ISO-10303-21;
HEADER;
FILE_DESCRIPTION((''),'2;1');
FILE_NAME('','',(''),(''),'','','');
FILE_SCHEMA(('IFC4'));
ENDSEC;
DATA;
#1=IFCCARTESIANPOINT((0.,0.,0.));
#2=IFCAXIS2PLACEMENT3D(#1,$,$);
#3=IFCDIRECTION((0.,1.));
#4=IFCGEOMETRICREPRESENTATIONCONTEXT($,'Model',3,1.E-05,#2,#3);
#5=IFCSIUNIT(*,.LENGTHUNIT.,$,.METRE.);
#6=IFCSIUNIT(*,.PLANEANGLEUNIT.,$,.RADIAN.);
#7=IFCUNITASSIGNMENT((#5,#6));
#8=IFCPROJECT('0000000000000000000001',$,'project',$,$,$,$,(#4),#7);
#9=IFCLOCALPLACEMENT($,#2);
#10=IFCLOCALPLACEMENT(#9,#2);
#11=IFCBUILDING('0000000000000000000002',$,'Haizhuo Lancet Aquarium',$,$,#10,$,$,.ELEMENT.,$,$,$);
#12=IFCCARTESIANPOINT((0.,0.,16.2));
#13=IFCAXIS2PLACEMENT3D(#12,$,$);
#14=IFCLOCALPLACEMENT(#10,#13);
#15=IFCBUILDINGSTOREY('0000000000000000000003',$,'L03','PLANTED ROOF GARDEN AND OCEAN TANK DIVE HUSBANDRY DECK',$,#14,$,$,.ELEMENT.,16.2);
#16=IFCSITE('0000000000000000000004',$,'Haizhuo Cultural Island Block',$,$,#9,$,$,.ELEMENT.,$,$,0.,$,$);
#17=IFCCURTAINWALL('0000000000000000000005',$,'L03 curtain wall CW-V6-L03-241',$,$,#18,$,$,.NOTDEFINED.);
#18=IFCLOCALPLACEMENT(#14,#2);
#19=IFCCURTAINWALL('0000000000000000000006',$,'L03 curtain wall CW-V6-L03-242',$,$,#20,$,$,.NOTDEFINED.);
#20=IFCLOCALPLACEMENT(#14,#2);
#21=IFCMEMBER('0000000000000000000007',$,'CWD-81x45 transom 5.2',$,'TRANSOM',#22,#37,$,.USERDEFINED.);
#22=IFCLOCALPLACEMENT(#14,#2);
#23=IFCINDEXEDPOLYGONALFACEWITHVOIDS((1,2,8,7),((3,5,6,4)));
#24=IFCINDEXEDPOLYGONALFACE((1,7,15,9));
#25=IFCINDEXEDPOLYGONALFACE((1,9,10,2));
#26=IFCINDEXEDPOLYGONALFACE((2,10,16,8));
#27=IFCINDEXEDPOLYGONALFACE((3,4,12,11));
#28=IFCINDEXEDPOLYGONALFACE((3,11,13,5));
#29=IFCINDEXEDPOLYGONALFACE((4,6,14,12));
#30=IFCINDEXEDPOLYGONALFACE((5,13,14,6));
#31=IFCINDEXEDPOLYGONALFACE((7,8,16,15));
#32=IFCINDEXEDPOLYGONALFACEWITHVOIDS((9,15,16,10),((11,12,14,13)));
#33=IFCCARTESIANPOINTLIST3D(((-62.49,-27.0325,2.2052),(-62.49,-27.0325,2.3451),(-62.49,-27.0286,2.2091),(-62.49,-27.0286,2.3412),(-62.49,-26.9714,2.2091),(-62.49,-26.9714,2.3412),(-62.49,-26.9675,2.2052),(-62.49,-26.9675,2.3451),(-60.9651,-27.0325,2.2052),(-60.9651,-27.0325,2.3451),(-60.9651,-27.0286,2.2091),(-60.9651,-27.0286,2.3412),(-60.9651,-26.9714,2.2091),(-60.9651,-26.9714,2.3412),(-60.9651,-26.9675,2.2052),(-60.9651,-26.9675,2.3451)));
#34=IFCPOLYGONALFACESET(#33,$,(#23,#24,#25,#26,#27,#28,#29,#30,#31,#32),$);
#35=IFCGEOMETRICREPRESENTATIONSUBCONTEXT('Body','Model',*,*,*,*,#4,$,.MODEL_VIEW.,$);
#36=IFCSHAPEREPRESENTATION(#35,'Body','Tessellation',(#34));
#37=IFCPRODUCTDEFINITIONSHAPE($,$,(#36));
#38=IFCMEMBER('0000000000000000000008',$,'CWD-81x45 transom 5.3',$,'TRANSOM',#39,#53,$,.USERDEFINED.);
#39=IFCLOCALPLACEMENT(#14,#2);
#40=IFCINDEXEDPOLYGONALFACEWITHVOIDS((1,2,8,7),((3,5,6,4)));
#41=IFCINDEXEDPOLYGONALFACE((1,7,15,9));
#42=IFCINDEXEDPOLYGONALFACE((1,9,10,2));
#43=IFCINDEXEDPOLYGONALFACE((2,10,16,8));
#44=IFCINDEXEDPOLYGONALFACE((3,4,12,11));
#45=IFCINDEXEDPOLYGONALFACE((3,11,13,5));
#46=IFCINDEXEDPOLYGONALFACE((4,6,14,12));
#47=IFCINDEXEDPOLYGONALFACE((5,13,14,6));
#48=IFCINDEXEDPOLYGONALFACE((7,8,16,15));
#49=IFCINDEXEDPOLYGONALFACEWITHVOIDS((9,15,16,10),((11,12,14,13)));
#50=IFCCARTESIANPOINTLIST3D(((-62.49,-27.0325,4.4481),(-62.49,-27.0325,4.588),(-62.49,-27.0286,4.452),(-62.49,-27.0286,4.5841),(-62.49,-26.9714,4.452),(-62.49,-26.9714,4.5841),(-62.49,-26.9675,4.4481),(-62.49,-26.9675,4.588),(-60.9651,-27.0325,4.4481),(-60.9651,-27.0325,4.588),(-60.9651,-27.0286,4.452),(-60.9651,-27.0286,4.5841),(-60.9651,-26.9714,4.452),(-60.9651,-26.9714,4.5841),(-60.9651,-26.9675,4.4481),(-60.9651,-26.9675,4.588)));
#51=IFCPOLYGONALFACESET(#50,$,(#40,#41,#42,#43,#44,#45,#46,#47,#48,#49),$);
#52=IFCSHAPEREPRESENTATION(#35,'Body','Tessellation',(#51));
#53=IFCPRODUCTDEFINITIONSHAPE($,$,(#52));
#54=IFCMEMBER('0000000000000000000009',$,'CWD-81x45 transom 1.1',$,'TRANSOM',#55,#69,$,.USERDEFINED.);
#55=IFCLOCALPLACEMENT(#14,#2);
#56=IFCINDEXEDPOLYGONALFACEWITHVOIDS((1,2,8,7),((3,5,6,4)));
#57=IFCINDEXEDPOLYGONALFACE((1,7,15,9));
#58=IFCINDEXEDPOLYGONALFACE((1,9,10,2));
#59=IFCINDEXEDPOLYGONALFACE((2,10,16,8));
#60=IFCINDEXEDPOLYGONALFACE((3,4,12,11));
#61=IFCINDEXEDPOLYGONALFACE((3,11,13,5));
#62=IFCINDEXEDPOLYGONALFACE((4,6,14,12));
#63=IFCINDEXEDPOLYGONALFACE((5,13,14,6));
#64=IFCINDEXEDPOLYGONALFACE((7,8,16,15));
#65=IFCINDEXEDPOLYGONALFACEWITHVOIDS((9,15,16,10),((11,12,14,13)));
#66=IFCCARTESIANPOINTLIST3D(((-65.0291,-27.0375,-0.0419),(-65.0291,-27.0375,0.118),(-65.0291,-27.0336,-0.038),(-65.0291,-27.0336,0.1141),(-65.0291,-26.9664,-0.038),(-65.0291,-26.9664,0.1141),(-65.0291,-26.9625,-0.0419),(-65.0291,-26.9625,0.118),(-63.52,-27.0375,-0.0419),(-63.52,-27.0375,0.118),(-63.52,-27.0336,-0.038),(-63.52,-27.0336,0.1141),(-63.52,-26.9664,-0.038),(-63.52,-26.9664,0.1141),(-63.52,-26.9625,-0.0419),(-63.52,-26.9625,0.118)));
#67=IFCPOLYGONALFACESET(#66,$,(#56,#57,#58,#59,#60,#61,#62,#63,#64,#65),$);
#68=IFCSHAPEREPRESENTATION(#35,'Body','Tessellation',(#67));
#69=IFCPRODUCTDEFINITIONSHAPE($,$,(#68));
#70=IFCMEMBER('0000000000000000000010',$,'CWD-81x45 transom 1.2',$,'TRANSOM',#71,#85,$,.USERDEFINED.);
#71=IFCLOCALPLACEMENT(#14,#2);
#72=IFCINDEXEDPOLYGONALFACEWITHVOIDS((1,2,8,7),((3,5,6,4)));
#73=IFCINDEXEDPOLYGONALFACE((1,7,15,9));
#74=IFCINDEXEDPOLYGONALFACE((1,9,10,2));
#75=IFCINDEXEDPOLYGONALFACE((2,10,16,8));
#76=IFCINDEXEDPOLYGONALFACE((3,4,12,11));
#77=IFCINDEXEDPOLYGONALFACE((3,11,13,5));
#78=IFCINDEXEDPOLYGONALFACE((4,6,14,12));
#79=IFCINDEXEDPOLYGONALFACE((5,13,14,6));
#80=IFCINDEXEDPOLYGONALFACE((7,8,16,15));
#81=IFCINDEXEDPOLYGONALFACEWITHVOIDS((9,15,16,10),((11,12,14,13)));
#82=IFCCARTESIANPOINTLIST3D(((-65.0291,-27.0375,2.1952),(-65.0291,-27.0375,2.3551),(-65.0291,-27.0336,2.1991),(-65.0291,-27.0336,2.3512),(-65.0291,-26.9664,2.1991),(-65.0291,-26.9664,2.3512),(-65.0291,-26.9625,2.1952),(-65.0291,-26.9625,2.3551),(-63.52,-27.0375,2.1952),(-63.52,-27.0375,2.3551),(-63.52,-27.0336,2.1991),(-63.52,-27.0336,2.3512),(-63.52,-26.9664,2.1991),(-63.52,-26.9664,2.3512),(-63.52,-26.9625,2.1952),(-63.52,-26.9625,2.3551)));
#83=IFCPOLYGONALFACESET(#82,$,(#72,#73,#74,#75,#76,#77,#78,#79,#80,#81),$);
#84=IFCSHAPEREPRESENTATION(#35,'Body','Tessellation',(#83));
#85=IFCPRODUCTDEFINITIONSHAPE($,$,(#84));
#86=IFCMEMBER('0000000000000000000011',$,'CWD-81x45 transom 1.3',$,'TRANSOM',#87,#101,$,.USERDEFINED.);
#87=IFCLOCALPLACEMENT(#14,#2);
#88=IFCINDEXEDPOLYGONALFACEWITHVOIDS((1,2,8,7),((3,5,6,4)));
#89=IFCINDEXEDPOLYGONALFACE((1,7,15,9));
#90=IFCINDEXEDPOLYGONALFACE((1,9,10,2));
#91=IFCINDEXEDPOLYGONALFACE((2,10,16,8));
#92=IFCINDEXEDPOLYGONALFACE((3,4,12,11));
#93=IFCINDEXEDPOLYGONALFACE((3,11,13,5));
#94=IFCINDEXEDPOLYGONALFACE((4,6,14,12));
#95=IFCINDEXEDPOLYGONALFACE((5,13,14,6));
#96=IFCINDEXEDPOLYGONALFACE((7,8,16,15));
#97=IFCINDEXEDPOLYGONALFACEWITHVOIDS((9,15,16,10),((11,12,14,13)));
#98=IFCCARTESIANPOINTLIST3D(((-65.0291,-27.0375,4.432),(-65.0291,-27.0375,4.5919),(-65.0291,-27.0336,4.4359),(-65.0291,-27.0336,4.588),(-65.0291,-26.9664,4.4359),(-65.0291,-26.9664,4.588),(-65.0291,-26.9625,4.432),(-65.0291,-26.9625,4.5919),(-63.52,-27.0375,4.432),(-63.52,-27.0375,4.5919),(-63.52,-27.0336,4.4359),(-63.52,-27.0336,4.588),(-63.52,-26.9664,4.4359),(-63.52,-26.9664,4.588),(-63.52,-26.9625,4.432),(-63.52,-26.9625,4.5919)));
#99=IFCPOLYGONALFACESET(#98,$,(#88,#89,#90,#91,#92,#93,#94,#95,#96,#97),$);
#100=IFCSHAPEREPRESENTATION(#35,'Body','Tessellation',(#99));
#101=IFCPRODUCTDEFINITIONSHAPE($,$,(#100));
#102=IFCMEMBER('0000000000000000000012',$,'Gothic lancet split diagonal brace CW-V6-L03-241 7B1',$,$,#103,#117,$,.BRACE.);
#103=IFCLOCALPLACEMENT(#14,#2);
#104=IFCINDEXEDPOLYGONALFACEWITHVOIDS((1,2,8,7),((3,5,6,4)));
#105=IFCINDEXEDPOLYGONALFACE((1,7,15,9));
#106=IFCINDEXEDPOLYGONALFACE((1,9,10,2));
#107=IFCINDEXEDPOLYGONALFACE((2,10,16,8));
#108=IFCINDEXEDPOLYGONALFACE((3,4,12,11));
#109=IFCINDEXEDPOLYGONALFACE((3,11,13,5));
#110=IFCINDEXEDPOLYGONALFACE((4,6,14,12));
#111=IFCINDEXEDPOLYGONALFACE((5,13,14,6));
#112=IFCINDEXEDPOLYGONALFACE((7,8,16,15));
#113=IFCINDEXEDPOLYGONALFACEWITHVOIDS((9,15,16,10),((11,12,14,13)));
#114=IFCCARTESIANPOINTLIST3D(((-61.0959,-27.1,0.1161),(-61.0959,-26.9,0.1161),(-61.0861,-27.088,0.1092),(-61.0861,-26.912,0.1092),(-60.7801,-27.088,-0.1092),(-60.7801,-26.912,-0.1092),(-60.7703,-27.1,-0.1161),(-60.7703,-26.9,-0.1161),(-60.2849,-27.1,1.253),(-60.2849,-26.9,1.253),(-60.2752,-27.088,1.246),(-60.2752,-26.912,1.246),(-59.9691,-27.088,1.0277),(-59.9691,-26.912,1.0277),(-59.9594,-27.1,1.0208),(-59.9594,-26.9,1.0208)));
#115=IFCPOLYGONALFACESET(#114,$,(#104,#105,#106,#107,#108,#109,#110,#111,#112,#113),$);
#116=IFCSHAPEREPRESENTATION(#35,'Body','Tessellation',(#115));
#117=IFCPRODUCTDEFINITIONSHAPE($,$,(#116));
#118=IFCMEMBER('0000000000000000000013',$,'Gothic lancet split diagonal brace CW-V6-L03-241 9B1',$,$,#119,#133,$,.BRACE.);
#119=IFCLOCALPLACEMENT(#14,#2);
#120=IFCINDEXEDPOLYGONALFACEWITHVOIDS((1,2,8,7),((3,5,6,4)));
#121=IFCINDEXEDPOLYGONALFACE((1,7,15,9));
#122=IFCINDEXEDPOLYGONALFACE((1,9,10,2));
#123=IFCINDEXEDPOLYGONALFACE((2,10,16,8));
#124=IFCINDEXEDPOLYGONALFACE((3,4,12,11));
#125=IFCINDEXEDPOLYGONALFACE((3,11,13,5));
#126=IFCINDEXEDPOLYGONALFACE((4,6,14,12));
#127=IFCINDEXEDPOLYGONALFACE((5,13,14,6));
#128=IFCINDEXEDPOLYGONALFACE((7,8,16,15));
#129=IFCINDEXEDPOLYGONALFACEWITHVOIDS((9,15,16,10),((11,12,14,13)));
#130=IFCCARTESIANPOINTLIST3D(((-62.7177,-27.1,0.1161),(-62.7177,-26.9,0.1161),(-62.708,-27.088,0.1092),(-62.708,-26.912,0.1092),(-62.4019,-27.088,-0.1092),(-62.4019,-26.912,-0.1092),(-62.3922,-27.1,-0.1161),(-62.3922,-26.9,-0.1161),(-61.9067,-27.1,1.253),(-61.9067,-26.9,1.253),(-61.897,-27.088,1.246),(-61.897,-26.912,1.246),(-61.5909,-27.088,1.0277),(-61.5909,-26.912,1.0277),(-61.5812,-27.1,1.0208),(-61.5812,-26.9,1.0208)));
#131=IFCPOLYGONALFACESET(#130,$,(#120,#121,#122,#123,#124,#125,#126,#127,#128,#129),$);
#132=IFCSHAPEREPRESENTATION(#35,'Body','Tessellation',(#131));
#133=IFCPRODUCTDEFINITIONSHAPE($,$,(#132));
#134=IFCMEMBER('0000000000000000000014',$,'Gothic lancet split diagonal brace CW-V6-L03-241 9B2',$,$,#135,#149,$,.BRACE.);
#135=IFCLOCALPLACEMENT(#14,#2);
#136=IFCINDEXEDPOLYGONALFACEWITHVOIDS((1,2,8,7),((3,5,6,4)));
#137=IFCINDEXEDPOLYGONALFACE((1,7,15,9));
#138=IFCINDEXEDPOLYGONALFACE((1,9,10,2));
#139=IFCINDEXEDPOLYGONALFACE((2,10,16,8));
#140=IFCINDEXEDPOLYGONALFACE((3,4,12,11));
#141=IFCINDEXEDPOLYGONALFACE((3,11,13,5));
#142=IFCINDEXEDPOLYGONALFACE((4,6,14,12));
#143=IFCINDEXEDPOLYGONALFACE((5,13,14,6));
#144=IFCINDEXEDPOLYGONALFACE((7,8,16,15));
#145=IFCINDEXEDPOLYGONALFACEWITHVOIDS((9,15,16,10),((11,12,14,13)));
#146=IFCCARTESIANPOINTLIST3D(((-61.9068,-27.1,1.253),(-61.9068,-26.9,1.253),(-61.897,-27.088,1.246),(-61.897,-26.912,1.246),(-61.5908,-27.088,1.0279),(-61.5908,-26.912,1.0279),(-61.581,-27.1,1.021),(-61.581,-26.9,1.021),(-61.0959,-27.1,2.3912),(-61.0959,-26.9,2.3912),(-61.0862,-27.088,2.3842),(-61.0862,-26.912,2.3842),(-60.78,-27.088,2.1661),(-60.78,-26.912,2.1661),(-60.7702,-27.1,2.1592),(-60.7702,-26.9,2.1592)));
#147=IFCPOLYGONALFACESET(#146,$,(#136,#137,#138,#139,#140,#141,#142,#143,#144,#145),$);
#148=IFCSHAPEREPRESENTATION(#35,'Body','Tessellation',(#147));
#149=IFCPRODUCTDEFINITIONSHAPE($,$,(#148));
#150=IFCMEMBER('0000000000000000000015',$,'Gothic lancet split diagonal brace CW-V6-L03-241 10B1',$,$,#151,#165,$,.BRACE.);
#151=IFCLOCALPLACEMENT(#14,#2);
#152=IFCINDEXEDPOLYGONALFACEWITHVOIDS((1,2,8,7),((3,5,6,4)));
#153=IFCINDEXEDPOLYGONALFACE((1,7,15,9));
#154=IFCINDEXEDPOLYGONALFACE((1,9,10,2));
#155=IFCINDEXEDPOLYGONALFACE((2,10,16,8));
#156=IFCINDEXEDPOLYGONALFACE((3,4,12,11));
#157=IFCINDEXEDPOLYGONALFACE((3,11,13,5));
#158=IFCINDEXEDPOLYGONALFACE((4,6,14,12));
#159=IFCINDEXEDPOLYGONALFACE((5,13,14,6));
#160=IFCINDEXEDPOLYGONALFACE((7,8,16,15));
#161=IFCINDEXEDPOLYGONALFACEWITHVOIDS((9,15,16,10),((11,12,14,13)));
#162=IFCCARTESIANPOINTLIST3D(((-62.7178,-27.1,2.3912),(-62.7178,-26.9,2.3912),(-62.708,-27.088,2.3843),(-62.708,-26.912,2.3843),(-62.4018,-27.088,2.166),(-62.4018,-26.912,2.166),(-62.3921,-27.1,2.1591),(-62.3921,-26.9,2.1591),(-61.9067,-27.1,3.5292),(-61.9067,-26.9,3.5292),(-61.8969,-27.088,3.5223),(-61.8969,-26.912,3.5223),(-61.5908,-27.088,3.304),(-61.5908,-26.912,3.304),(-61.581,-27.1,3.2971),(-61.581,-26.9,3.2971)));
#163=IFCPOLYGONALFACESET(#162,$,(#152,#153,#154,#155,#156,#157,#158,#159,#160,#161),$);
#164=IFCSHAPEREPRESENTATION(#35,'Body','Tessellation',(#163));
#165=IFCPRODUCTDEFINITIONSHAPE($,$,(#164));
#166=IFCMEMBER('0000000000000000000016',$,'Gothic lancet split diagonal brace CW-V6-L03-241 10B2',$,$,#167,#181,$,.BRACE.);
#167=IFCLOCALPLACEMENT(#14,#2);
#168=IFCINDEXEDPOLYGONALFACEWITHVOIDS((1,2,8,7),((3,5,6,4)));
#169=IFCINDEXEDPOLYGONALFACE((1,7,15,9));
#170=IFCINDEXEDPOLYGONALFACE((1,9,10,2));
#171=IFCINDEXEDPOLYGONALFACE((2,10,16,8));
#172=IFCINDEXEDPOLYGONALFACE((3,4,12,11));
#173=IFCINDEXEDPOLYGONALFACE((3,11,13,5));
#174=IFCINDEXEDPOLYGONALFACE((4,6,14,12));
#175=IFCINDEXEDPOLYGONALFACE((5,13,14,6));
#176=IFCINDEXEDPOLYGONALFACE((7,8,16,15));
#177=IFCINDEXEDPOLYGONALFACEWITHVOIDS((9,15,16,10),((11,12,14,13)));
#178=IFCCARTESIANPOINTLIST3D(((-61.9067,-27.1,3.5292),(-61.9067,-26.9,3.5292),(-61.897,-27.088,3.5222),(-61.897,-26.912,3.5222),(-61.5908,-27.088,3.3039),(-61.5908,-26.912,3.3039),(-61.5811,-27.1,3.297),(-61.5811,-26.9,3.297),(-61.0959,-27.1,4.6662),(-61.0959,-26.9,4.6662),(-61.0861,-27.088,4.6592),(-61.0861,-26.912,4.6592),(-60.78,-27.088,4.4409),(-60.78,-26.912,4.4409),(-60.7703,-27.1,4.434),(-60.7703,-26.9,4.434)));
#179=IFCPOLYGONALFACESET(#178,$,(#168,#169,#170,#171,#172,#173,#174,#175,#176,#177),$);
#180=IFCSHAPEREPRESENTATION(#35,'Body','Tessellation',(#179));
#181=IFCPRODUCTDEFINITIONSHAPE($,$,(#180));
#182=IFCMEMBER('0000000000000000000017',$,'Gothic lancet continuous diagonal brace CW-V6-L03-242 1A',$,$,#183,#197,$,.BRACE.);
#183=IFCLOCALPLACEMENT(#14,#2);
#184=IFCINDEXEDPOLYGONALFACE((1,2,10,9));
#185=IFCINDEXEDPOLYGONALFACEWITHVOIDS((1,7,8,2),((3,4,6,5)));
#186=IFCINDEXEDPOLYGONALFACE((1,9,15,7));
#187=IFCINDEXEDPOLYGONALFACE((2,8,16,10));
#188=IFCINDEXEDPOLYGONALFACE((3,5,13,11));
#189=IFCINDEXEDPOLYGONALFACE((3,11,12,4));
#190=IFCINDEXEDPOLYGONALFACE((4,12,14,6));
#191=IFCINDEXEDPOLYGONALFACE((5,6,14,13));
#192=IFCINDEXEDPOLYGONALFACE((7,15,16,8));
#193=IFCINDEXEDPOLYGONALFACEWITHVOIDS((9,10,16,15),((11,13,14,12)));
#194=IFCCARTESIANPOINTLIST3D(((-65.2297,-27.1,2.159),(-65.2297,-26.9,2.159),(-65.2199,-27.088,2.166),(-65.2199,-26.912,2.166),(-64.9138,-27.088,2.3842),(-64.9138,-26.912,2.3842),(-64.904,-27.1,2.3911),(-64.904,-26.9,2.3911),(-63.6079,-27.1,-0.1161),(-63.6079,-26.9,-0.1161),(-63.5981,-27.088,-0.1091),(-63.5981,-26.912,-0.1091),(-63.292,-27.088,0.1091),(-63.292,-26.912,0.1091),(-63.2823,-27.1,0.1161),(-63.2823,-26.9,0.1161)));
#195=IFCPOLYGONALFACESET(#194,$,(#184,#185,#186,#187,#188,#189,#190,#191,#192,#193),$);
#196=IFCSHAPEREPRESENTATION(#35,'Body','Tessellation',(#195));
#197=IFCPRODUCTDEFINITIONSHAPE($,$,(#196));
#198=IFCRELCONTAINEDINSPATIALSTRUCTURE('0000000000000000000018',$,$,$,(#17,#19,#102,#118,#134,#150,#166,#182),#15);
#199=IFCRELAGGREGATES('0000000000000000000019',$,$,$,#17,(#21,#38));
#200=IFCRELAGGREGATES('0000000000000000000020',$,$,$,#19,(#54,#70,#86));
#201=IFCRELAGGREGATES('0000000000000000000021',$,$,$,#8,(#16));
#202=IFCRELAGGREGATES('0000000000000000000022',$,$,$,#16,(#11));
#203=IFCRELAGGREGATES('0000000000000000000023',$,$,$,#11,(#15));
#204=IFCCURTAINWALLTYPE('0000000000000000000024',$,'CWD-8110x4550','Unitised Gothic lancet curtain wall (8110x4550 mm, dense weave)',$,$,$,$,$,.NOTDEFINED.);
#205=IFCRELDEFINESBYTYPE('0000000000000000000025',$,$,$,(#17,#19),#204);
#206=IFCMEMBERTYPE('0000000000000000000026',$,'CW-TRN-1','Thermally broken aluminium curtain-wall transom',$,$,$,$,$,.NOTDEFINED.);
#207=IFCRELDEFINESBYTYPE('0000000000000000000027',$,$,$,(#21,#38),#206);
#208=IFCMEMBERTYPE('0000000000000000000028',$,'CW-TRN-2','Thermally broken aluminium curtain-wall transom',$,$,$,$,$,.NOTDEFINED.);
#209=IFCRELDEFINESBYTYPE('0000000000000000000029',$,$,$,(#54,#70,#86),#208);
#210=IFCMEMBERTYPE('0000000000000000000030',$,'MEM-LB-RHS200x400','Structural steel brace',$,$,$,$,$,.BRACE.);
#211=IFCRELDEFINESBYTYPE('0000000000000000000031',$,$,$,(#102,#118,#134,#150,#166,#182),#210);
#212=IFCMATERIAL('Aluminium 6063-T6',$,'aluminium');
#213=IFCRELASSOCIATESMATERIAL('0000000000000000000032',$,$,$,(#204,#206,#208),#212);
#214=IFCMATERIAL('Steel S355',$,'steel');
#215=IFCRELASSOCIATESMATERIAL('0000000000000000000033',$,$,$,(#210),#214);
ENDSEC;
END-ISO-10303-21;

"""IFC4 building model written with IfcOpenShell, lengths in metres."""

from ifc_helpers import new_model, si_unit, direction, frame, origin, origin_2d, place, context, subcontext, project, spatial, hollow_rectangle, extrude, material, material_profile, profile_set, type_object, element, aggregate, save


model = new_model("IFC4")

# Units and contexts
model_context = context("Model", 3, precision=1e-05, world=origin(), true_north=direction((0.0, 1.0)))
body_context = subcontext(model_context, "Body", "Model", "MODEL_VIEW")
ifc_project = project(units=[si_unit("LENGTHUNIT", "METRE"), si_unit("PLANEANGLEUNIT", "RADIAN")], contexts=[model_context])

# Site, building, storey
site_placement = place(None, origin())
site = spatial("IfcSite", under=ifc_project, at=site_placement, Name="Haizhuo Cultural Island Block", CompositionType="ELEMENT", RefElevation=0.0)
building_placement = place(site_placement, origin())
building = spatial("IfcBuilding", under=site, at=building_placement, Name="Haizhuo Lancet Aquarium", CompositionType="ELEMENT")
storey_placement = place(building_placement, frame((0.0, 0.0, 16.2)))
storey = spatial("IfcBuildingStorey", under=building, at=storey_placement, Name="L03", Description="PLANTED ROOF GARDEN AND OCEAN TANK DIVE HUSBANDRY DECK", CompositionType="ELEMENT", Elevation=16.2)

# Shared definitions
ifc_material_1 = material(Name="Steel S355", Category="steel")

# Curtain wall
ifc_material_2 = material(Name="Aluminium 6063-T6", Category="aluminium")
curtain_wall_type = type_object("IfcCurtainWallType", Name="CWD-8110x4550", Description="Unitised Gothic lancet curtain wall (8110x4550 mm, dense weave)", PredefinedType="NOTDEFINED", material=ifc_material_2)
curtain_wall_1_placement = place(storey_placement, origin())
curtain_wall_1 = element("IfcCurtainWall", 1, at=curtain_wall_1_placement, inside=storey, type_object=curtain_wall_type, Name="L03 curtain wall CW-V6-L03-241", PredefinedType="NOTDEFINED")

# Curtain wall
curtain_wall_2_placement = place(storey_placement, origin())
curtain_wall_2 = element("IfcCurtainWall", 2, at=curtain_wall_2_placement, inside=storey, type_object=curtain_wall_type, Name="L03 curtain wall CW-V6-L03-242", PredefinedType="NOTDEFINED")

# Members
ifc_material_profile_1 = material_profile(ifc_material_2, hollow_rectangle(XDim=0.0649, YDim=0.1399, WallThickness=0.0039, at=origin_2d()), Name="ALU-T 65x140x4")
ifc_profile_set_1 = profile_set([ifc_material_profile_1], Name="Aluminium 6063-T6")
member_type_1 = type_object("IfcMemberType", Name="CW-TRN-1", Description="Thermally broken aluminium curtain-wall transom", PredefinedType="NOTDEFINED", material=ifc_profile_set_1)
member_1_placement = place(storey_placement, frame((-60.9651, -27.0, 2.2751), z_axis=(-1.0, 0.0, 0.0), x_axis=(0.0, -1.0, 0.0)))
member_1 = element("IfcMember", 3, at=member_1_placement, type_object=member_type_1, Name="CWD-81x45 transom 5.2", ObjectType="TRANSOM", PredefinedType="USERDEFINED", context=body_context, shape_type="SweptSolid", body=[
    extrude(hollow_rectangle(XDim=0.0649, YDim=0.1399, WallThickness=0.0039, at=origin_2d()), origin(), (0.0, 0.0, 1.0), 1.5249),
])
member_2_placement = place(storey_placement, frame((-60.9651, -27.0, 4.5181), z_axis=(-1.0, 0.0, 0.0), x_axis=(0.0, -1.0, 0.0)))
member_2 = element("IfcMember", 4, at=member_2_placement, type_object=member_type_1, Name="CWD-81x45 transom 5.3", ObjectType="TRANSOM", PredefinedType="USERDEFINED", context=body_context, shape_type="SweptSolid", body=[
    extrude(hollow_rectangle(XDim=0.0649, YDim=0.1399, WallThickness=0.0039, at=origin_2d()), origin(), (0.0, 0.0, 1.0), 1.5249),
])
ifc_material_profile_2 = material_profile(ifc_material_2, hollow_rectangle(XDim=0.075, YDim=0.1599, WallThickness=0.0039, at=origin_2d()), Name="ALU-T 75x160x4")
ifc_profile_set_2 = profile_set([ifc_material_profile_2], Name="Aluminium 6063-T6")
member_type_2 = type_object("IfcMemberType", Name="CW-TRN-2", Description="Thermally broken aluminium curtain-wall transom", PredefinedType="NOTDEFINED", material=ifc_profile_set_2)
member_3_placement = place(storey_placement, frame((-63.52, -27.0, 0.0381), z_axis=(-1.0, 0.0, 0.0), x_axis=(0.0, -1.0, 0.0)))
member_3 = element("IfcMember", 5, at=member_3_placement, type_object=member_type_2, Name="CWD-81x45 transom 1.1", ObjectType="TRANSOM", PredefinedType="USERDEFINED", context=body_context, shape_type="SweptSolid", body=[
    extrude(hollow_rectangle(XDim=0.075, YDim=0.1599, WallThickness=0.0039, at=origin_2d()), origin(), (0.0, 0.0, 1.0), 1.509),
])
member_4_placement = place(storey_placement, frame((-63.52, -27.0, 2.2751), z_axis=(-1.0, 0.0, 0.0), x_axis=(0.0, -1.0, 0.0)))
member_4 = element("IfcMember", 6, at=member_4_placement, type_object=member_type_2, Name="CWD-81x45 transom 1.2", ObjectType="TRANSOM", PredefinedType="USERDEFINED", context=body_context, shape_type="SweptSolid", body=[
    extrude(hollow_rectangle(XDim=0.075, YDim=0.1599, WallThickness=0.0039, at=origin_2d()), origin(), (0.0, 0.0, 1.0), 1.509),
])
member_5_placement = place(storey_placement, frame((-63.52, -27.0, 4.512), z_axis=(-1.0, 0.0, 0.0), x_axis=(0.0, -1.0, 0.0)))
member_5 = element("IfcMember", 7, at=member_5_placement, type_object=member_type_2, Name="CWD-81x45 transom 1.3", ObjectType="TRANSOM", PredefinedType="USERDEFINED", context=body_context, shape_type="SweptSolid", body=[
    extrude(hollow_rectangle(XDim=0.075, YDim=0.1599, WallThickness=0.0039, at=origin_2d()), origin(), (0.0, 0.0, 1.0), 1.509),
])

# Members
ifc_material_profile_3 = material_profile(ifc_material_1, hollow_rectangle(XDim=0.2, YDim=0.3999, WallThickness=0.012, at=origin_2d()), Name="RHS 200x400x12")
ifc_profile_set_3 = profile_set([ifc_material_profile_3], Name="Steel S355")
member_type_3 = type_object("IfcMemberType", Name="MEM-LB-RHS200x400", Description="Structural steel brace", PredefinedType="BRACE", material=ifc_profile_set_3)
for number, where, z_axis, x_axis, name in (
    (8, (-60.9331, -27.0, 0.0), (0.580725, 0.0, 0.814099), (0.0, 1.0, 0.0), "Gothic lancet split diagonal brace CW-V6-L03-241 7B1"),
    (9, (-62.5549, -27.0, 0.0), (0.580725, 0.0, 0.814099), (0.0, 1.0, 0.0), "Gothic lancet split diagonal brace CW-V6-L03-241 9B1"),
):
    element("IfcMember", number, at=place(storey_placement, frame(where, z_axis=z_axis, x_axis=x_axis)), inside=storey, type_object=member_type_3, Name=name, PredefinedType="BRACE", context=body_context, shape_type="SweptSolid", body=[
        extrude(hollow_rectangle(XDim=0.2, YDim=0.3999, WallThickness=0.012, at=origin_2d()), origin(), (0.0, 0.0, 1.0), 1.3965),
    ])
for number, where, z_axis, x_axis, name in (
    (10, (-61.7439, -27.0, 1.137), (0.580197, 0.0, 0.814476), (0.0, 1.0, 0.0), "Gothic lancet split diagonal brace CW-V6-L03-241 9B2"),
    (11, (-62.5549, -27.0, 2.2751), (0.580395, 0.0, 0.814335), (0.0, 1.0, 0.0), "Gothic lancet split diagonal brace CW-V6-L03-241 10B1"),
):
    element("IfcMember", number, at=place(storey_placement, frame(where, z_axis=z_axis, x_axis=x_axis)), inside=storey, type_object=member_type_3, Name=name, PredefinedType="BRACE", context=body_context, shape_type="SweptSolid", body=[
        extrude(hollow_rectangle(XDim=0.2, YDim=0.3999, WallThickness=0.012, at=origin_2d()), origin(), (0.0, 0.0, 1.0), 1.3975),
    ])
member_6_placement = place(storey_placement, frame((-61.7439, -27.0, 3.4131), z_axis=(0.58061, 0.0, 0.814182), x_axis=(0.0, 1.0, 0.0)))
element("IfcMember", 12, at=member_6_placement, inside=storey, type_object=member_type_3, Name="Gothic lancet split diagonal brace CW-V6-L03-241 10B2", PredefinedType="BRACE", context=body_context, shape_type="SweptSolid", body=[
    extrude(hollow_rectangle(XDim=0.2, YDim=0.3999, WallThickness=0.012, at=origin_2d()), origin(), (0.0, 0.0, 1.0), 1.3965),
])
member_7_placement = place(storey_placement, frame((-63.4451, -27.0, 0.0), z_axis=(-0.580461, 0.0, 0.814288), x_axis=(0.0, -1.0, 0.0)))
element("IfcMember", 13, at=member_7_placement, inside=storey, type_object=member_type_3, Name="Gothic lancet continuous diagonal brace CW-V6-L03-242 1A", PredefinedType="BRACE", context=body_context, shape_type="SweptSolid", body=[
    extrude(hollow_rectangle(XDim=0.2, YDim=0.3999, WallThickness=0.012, at=origin_2d()), origin(), (0.0, 0.0, 1.0), 2.7939),
])

aggregate(curtain_wall_1, [member_1, member_2])
aggregate(curtain_wall_2, [member_3, member_4, member_5])

save(model, "model.ifc")
